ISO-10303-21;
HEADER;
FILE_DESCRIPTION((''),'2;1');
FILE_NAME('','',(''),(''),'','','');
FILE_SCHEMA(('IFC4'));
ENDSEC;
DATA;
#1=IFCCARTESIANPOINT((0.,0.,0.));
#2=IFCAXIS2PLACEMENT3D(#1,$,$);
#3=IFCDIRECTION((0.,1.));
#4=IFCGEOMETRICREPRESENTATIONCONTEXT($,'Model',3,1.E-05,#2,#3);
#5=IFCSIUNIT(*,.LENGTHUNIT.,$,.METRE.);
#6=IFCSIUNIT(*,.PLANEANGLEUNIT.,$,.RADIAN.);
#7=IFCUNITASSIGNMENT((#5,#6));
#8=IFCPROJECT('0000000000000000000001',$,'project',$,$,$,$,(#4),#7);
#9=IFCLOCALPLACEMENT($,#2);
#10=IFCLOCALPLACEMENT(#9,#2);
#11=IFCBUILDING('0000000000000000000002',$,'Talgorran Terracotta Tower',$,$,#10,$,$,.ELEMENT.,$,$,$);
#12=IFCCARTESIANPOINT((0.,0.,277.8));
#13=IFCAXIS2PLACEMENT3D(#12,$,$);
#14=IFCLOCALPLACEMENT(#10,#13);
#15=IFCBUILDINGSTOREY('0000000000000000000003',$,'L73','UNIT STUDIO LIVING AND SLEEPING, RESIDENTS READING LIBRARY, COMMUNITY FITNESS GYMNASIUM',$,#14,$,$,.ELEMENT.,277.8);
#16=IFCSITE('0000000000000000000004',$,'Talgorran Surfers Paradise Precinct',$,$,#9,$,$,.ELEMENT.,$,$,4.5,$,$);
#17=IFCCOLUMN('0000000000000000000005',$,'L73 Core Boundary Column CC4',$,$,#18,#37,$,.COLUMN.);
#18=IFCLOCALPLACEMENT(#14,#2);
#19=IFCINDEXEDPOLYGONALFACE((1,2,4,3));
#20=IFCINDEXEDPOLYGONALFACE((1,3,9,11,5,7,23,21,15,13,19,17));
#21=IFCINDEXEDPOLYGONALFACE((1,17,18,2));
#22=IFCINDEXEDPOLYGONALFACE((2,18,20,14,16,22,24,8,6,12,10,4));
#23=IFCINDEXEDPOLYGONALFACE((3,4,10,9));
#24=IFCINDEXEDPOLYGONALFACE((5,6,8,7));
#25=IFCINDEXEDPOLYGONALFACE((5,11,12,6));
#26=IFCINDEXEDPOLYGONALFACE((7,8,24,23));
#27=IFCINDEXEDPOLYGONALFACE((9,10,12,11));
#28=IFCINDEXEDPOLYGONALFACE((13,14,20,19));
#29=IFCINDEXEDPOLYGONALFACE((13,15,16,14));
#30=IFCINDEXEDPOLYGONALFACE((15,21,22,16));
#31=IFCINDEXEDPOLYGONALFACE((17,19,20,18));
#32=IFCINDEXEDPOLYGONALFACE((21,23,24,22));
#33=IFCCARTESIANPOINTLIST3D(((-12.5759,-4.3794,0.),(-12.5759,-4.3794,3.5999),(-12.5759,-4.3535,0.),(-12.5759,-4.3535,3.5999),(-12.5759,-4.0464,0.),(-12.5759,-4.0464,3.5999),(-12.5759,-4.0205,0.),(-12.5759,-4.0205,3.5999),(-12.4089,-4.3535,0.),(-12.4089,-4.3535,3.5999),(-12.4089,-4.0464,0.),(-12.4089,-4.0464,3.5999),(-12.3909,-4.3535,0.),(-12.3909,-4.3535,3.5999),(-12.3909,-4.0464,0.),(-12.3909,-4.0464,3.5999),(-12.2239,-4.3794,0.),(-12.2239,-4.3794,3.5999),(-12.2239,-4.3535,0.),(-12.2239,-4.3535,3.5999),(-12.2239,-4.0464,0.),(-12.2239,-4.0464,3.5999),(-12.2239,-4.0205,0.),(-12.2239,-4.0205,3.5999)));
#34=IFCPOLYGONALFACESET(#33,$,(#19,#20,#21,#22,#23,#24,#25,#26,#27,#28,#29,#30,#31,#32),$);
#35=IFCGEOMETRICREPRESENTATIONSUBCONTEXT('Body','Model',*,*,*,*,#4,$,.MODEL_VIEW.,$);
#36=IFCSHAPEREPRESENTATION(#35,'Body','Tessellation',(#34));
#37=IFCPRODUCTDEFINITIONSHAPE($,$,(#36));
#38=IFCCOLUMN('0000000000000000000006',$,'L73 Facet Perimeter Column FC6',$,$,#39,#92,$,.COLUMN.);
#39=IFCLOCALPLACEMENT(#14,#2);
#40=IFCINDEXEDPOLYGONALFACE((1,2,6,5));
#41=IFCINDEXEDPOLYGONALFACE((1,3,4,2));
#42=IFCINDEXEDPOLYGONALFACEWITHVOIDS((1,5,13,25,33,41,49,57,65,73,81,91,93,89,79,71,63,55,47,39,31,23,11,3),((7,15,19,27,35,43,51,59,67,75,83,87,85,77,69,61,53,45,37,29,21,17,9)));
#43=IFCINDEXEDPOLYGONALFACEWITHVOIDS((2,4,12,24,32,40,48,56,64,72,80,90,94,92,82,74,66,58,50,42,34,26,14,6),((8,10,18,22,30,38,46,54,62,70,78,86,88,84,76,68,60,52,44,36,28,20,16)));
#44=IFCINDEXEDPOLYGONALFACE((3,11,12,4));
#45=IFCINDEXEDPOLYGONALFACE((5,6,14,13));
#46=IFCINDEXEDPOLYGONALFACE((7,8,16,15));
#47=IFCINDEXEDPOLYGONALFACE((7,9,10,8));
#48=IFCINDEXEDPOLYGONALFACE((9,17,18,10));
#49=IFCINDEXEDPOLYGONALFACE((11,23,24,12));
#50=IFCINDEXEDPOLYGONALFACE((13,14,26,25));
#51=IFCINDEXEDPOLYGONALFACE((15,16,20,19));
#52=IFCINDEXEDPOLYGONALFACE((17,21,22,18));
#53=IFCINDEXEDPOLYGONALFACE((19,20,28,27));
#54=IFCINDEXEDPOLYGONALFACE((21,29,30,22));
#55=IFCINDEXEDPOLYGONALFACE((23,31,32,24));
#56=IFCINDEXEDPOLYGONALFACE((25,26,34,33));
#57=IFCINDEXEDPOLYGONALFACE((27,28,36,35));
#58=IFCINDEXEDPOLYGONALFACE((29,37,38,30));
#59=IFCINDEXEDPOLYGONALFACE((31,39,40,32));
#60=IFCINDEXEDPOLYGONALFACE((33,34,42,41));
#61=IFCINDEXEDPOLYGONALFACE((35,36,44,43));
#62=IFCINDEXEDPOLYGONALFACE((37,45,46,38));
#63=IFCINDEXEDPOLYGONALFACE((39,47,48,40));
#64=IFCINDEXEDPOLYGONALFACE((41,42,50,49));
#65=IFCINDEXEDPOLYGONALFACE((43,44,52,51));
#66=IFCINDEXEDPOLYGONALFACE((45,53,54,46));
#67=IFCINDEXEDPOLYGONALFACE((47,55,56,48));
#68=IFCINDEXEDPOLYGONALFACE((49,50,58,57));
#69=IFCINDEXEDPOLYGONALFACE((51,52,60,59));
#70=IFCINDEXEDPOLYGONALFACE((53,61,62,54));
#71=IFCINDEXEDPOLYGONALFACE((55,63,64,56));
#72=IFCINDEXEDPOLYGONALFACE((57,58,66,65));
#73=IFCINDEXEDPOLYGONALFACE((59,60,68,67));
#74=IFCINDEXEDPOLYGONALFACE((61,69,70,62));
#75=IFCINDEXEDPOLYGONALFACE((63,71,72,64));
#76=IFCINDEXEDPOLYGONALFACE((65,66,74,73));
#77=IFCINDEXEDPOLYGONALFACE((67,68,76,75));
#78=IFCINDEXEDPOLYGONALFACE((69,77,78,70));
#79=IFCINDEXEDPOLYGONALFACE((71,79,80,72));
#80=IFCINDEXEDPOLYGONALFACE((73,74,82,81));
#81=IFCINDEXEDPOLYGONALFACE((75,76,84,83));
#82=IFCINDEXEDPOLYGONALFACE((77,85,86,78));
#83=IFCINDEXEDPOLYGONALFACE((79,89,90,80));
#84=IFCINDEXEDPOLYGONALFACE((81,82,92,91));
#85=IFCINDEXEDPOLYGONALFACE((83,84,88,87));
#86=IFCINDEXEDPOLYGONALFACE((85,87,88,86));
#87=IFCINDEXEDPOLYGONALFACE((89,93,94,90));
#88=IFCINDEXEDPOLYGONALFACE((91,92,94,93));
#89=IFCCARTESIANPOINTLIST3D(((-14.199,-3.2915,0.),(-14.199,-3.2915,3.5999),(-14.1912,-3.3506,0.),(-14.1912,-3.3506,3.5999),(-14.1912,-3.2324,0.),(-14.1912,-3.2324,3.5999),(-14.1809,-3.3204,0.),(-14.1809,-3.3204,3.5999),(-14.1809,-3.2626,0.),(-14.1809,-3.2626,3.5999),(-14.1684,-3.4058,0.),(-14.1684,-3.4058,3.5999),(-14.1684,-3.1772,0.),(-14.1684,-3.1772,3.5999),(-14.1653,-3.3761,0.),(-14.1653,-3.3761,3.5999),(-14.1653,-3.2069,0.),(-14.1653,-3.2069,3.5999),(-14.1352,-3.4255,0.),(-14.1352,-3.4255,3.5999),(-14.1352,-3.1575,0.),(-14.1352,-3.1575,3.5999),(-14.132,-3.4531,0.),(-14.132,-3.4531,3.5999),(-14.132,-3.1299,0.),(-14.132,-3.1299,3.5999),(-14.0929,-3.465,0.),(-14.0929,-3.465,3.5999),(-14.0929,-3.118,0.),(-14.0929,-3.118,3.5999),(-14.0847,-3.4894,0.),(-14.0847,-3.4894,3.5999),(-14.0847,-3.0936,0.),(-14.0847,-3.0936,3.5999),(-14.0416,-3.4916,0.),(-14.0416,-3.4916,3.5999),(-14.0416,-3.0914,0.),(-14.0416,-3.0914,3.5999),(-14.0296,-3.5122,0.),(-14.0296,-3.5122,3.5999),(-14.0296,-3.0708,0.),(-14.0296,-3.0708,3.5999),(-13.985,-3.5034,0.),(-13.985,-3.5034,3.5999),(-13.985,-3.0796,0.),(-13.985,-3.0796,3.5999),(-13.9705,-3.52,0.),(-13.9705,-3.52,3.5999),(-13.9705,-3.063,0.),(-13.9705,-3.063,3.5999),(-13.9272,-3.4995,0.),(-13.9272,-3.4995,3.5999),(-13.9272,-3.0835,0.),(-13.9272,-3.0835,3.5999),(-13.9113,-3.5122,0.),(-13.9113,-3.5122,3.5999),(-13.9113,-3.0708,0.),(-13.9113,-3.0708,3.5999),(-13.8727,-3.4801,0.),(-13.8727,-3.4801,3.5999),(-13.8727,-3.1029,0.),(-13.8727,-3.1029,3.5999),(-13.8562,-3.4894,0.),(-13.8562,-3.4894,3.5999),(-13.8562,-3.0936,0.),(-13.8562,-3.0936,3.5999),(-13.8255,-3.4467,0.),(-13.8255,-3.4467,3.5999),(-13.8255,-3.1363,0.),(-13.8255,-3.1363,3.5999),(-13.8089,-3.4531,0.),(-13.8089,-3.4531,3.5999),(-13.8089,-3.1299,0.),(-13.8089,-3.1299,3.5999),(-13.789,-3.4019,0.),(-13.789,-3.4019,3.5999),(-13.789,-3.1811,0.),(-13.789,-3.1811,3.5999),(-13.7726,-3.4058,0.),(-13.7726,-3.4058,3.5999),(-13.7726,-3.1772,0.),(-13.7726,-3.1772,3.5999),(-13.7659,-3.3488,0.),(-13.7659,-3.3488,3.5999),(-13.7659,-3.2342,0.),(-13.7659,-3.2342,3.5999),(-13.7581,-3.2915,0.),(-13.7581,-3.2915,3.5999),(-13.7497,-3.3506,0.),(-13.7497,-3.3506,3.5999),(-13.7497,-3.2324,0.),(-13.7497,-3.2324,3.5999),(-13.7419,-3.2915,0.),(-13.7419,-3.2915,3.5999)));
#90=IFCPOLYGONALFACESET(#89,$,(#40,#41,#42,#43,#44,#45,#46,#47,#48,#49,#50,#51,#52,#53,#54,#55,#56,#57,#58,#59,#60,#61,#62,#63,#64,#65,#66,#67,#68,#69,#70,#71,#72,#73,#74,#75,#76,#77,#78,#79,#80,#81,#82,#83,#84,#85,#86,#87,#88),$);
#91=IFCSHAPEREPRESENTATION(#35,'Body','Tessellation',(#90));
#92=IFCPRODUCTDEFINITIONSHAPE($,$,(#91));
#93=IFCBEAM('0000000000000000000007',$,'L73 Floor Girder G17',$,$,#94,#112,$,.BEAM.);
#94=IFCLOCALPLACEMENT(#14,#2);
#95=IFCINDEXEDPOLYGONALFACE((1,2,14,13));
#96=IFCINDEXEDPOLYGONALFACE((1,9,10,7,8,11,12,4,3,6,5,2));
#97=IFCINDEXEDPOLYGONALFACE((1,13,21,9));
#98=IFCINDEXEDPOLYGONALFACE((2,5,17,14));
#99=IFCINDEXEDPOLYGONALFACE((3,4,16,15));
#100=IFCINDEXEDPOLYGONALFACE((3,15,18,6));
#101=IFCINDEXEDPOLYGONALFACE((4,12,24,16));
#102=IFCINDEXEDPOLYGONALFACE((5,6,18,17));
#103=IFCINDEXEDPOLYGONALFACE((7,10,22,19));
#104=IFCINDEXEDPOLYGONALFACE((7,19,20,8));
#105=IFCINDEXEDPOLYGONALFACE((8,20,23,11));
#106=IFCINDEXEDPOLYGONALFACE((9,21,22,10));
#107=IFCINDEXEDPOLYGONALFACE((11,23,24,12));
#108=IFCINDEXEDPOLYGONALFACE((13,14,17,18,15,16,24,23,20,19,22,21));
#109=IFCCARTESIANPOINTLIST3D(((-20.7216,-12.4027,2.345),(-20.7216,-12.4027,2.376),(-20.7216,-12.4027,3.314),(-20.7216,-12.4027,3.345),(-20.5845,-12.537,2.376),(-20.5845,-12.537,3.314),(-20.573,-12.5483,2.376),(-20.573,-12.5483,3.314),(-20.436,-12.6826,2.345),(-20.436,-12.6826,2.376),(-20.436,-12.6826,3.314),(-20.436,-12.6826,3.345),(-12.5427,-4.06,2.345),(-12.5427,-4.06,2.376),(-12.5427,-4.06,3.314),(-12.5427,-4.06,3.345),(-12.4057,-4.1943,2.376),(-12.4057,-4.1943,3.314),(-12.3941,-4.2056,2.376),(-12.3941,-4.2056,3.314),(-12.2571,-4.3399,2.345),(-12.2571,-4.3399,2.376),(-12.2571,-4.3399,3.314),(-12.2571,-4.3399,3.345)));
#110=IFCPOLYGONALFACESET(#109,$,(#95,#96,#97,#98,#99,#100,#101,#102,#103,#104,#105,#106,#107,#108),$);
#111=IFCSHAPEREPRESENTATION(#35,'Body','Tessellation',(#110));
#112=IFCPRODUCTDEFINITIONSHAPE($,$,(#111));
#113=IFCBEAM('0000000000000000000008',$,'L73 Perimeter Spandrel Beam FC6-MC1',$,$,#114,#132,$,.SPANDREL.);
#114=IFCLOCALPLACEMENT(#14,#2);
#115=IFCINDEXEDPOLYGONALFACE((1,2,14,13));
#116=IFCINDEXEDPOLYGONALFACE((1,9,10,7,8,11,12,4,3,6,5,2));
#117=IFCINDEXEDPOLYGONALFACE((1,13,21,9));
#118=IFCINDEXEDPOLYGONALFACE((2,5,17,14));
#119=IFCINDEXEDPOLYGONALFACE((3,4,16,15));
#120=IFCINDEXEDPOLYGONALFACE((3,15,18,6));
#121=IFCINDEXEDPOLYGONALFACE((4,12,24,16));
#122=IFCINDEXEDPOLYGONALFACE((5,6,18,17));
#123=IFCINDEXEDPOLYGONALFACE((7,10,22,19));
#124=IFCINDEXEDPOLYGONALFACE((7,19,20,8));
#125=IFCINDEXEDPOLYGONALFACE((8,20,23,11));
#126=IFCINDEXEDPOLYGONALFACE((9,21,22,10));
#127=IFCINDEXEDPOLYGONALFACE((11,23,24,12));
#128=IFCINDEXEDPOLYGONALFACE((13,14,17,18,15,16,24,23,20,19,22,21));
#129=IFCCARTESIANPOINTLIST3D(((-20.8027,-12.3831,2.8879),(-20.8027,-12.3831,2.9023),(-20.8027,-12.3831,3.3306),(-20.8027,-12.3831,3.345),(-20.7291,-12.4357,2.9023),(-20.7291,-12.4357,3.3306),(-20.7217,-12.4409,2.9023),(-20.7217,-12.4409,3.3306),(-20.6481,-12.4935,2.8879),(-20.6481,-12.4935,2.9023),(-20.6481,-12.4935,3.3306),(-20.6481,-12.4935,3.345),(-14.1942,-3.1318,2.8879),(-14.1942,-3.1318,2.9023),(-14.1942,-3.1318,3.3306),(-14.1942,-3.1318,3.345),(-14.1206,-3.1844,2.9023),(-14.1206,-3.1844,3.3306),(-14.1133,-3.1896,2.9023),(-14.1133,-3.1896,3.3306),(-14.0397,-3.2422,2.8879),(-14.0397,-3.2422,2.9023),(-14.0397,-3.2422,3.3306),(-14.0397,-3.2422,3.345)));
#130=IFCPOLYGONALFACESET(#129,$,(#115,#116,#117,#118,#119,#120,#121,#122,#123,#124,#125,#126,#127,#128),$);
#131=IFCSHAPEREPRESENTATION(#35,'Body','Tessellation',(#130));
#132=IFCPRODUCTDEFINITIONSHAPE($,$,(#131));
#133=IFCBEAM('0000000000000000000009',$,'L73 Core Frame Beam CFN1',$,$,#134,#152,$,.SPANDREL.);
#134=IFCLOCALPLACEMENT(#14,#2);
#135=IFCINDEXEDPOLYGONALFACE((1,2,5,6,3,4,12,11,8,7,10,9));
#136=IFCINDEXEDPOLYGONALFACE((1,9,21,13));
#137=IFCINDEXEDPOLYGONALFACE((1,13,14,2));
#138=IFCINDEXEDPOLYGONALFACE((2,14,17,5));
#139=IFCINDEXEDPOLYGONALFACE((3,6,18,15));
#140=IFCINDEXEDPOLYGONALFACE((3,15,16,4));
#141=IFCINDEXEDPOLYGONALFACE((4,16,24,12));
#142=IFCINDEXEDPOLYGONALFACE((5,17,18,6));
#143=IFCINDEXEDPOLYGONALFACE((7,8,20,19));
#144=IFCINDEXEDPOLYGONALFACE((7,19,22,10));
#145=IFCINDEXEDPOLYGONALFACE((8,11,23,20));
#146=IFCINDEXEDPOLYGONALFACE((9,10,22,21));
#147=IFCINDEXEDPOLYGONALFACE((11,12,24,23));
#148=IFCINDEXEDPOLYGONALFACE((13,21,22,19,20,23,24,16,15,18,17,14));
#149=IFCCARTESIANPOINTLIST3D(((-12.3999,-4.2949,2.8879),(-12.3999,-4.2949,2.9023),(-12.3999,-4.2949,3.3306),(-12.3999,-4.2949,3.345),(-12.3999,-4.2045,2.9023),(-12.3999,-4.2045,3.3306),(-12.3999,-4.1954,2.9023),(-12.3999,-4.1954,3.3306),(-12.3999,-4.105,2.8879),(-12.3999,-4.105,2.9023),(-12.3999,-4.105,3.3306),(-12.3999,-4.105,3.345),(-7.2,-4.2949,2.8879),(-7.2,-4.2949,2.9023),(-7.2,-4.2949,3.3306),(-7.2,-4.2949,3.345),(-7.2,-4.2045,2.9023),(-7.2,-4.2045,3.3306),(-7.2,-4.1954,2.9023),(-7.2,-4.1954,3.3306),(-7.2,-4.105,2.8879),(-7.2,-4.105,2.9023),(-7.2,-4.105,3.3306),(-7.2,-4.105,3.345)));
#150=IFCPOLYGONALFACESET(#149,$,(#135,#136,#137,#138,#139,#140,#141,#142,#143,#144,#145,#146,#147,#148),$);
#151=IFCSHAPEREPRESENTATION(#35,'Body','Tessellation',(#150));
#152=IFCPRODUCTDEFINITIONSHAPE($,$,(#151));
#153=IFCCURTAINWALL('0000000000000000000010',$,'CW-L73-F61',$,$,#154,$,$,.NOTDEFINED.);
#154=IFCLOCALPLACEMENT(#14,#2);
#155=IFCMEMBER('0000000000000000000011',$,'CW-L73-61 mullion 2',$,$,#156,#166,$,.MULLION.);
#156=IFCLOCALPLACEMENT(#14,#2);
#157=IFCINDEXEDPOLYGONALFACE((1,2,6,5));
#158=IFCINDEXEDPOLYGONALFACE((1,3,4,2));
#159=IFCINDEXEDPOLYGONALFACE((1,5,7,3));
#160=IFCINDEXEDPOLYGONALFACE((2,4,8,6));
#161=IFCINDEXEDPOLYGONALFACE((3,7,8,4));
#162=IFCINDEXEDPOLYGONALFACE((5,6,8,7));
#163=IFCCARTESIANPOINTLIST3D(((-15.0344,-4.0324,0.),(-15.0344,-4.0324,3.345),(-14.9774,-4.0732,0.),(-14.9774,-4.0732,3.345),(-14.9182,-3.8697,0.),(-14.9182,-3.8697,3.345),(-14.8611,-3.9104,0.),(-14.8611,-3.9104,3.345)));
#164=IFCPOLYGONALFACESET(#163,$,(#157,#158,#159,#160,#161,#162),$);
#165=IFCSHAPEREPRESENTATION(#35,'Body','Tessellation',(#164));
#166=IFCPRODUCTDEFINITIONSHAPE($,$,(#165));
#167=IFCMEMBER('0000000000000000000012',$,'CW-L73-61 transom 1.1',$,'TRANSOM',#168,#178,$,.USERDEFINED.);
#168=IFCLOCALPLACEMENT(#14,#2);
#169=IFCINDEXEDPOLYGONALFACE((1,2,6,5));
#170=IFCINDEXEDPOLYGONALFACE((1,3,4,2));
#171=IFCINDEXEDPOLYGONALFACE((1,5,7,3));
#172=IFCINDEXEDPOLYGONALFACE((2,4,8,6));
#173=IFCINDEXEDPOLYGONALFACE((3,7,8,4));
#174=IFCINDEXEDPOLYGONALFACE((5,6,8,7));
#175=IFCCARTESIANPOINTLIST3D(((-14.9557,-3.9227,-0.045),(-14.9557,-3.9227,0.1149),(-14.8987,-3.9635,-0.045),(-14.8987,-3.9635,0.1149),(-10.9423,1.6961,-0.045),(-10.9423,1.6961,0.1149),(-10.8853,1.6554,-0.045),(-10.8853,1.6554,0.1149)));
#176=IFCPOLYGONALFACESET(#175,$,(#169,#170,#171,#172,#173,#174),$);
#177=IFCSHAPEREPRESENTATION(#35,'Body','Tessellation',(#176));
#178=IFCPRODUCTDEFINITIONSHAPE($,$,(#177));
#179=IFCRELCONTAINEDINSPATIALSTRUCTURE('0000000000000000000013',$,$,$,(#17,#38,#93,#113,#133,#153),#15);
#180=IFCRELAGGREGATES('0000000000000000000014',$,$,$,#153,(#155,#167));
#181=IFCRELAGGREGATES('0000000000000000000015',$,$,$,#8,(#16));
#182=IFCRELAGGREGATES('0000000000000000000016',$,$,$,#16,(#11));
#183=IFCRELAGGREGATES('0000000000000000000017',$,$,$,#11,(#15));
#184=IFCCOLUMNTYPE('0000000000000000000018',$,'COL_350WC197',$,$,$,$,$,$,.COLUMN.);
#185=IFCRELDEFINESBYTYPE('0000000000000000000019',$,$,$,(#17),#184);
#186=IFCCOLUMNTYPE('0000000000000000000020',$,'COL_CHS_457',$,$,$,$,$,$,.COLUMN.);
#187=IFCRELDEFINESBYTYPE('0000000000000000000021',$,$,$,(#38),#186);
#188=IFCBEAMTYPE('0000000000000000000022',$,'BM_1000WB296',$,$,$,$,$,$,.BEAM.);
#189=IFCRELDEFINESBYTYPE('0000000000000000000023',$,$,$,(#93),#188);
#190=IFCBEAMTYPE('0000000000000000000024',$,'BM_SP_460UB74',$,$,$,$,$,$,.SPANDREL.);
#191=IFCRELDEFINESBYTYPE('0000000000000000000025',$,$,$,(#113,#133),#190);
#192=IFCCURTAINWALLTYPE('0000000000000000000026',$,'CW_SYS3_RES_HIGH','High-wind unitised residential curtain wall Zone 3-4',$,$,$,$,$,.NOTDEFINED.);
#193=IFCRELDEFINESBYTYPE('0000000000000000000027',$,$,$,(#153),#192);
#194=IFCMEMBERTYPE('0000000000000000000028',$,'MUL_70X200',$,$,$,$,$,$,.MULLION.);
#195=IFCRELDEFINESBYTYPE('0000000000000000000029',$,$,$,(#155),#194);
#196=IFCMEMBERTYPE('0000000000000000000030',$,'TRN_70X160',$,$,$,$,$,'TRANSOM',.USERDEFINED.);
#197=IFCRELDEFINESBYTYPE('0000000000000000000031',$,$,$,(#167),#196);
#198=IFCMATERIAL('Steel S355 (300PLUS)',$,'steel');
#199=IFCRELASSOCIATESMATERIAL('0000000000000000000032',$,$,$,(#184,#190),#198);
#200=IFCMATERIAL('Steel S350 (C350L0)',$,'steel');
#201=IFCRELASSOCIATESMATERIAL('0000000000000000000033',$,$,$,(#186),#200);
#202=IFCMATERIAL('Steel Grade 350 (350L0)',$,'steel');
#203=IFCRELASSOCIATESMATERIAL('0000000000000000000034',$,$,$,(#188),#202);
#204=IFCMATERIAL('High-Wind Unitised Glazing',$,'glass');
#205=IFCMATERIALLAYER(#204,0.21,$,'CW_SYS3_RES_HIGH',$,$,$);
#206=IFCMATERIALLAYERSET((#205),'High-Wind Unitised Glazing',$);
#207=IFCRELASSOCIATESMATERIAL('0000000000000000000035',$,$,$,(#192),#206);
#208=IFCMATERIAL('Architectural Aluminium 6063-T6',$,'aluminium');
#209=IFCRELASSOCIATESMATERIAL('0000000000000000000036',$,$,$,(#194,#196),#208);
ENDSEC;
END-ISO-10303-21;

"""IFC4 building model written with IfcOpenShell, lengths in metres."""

from ifc_helpers import new_model, si_unit, direction, frame, origin, origin_2d, place, context, subcontext, project, spatial, rectangle, hollow_circle, i_section, extrude, material, layer, layer_set, material_profile, profile_set, type_object, element, aggregate, save


model = new_model("IFC4")

# Units and contexts
model_context = context("Model", 3, precision=1e-05, world=origin(), true_north=direction((0.0, 1.0)))
body_context = subcontext(model_context, "Body", "Model", "MODEL_VIEW")
ifc_project = project(units=[si_unit("LENGTHUNIT", "METRE"), si_unit("PLANEANGLEUNIT", "RADIAN")], contexts=[model_context])

# Site, building, storey
site_placement = place(None, origin())
site = spatial("IfcSite", under=ifc_project, at=site_placement, Name="Talgorran Surfers Paradise Precinct", CompositionType="ELEMENT", RefElevation=4.5)
building_placement = place(site_placement, origin())
building = spatial("IfcBuilding", under=site, at=building_placement, Name="Talgorran Terracotta Tower", CompositionType="ELEMENT")
storey_placement = place(building_placement, frame((0.0, 0.0, 277.8)))
storey = spatial("IfcBuildingStorey", under=building, at=storey_placement, Name="L73", Description="UNIT STUDIO LIVING AND SLEEPING, RESIDENTS READING LIBRARY, COMMUNITY FITNESS GYMNASIUM", CompositionType="ELEMENT", Elevation=277.8)

# Columns
ifc_material_1 = material(Name="Steel S355 (300PLUS)", Category="steel")
ifc_material_profile_1 = material_profile(ifc_material_1, i_section(OverallWidth=0.3521, OverallDepth=0.3589, WebThickness=0.0181, FlangeThickness=0.0259, at=origin_2d()), Name="350WC197")
ifc_profile_set_1 = profile_set([ifc_material_profile_1], Name="Steel S355 (300PLUS)")
column_type_1 = type_object("IfcColumnType", Name="COL_350WC197", PredefinedType="COLUMN", material=ifc_profile_set_1)
column_1_placement = place(storey_placement, frame((-12.3999, -4.2, 0.0), z_axis=(0.0, 0.0, 1.0), x_axis=(1.0, 0.0, 0.0)))
element("IfcColumn", 1, at=column_1_placement, inside=storey, type_object=column_type_1, Name="L73 Core Boundary Column CC4", PredefinedType="COLUMN", context=body_context, shape_type="SweptSolid", body=[
    extrude(i_section(OverallWidth=0.3521, OverallDepth=0.3589, WebThickness=0.0181, FlangeThickness=0.0259, at=origin_2d()), origin(), (0.0, 0.0, 1.0), 3.5999),
])
ifc_material_2 = material(Name="Steel S350 (C350L0)", Category="steel")
ifc_material_profile_2 = material_profile(ifc_material_2, hollow_circle(Radius=0.2285, WallThickness=0.0161, at=origin_2d()), Name="CHS457X16")
ifc_profile_set_2 = profile_set([ifc_material_profile_2], Name="Steel S350 (C350L0)")
column_type_2 = type_object("IfcColumnType", Name="COL_CHS_457", PredefinedType="COLUMN", material=ifc_profile_set_2)
column_2_placement = place(storey_placement, frame((-13.9705, -3.2915, 0.0), z_axis=(0.0, 0.0, 1.0), x_axis=(1.0, 0.0, 0.0)))
element("IfcColumn", 2, at=column_2_placement, inside=storey, type_object=column_type_2, Name="L73 Facet Perimeter Column FC6", PredefinedType="COLUMN", context=body_context, shape_type="SweptSolid", body=[
    extrude(hollow_circle(Radius=0.2285, WallThickness=0.0161, at=origin_2d()), origin(), (0.0, 0.0, 1.0), 3.5999),
])

# Beams
ifc_material_3 = material(Name="Steel Grade 350 (350L0)", Category="steel")
ifc_material_profile_3 = material_profile(ifc_material_3, i_section(OverallWidth=0.3999, OverallDepth=1.0, WebThickness=0.0161, FlangeThickness=0.031, at=origin_2d()), Name="1000WB296")
ifc_profile_set_3 = profile_set([ifc_material_profile_3], Name="Steel Grade 350 (350L0)")
beam_type_1 = type_object("IfcBeamType", Name="BM_1000WB296", PredefinedType="BEAM", material=ifc_profile_set_3)
beam_1_placement = place(storey_placement, frame((-12.3999, -4.2, 2.845), z_axis=(-0.700061, -0.714083, 0.0), x_axis=(0.714083, -0.700061, 0.0)))
element("IfcBeam", 3, at=beam_1_placement, inside=storey, type_object=beam_type_1, Name="L73 Floor Girder G17", PredefinedType="BEAM", context=body_context, shape_type="SweptSolid", body=[
    extrude(i_section(OverallWidth=0.3999, OverallDepth=1.0, WebThickness=0.0161, FlangeThickness=0.031, at=origin_2d()), origin(), (0.0, 0.0, 1.0), 11.6831),
])
ifc_material_profile_4 = material_profile(ifc_material_1, i_section(OverallWidth=0.1899, OverallDepth=0.457, WebThickness=0.009, FlangeThickness=0.0144, at=origin_2d()), Name="460UB74.6")
ifc_profile_set_4 = profile_set([ifc_material_profile_4], Name="Steel S355 (300PLUS)")
beam_type_2 = type_object("IfcBeamType", Name="BM_SP_460UB74", PredefinedType="SPANDREL", material=ifc_profile_set_4)
beam_2_placement = place(storey_placement, frame((-14.1169, -3.187, 3.1165), z_axis=(-0.581261, -0.813718, 0.0), x_axis=(0.813718, -0.581261, 0.0)))
element("IfcBeam", 4, at=beam_2_placement, inside=storey, type_object=beam_type_2, Name="L73 Perimeter Spandrel Beam FC6-MC1", PredefinedType="SPANDREL", context=body_context, shape_type="SweptSolid", body=[
    extrude(i_section(OverallWidth=0.1899, OverallDepth=0.457, WebThickness=0.009, FlangeThickness=0.0144, at=origin_2d()), origin(), (0.0, 0.0, 1.0), 11.3691),
])
beam_3_placement = place(storey_placement, frame((-12.3999, -4.2, 3.1165), z_axis=(1.0, 0.0, 0.0), x_axis=(0.0, 1.0, 0.0)))
element("IfcBeam", 5, at=beam_3_placement, inside=storey, type_object=beam_type_2, Name="L73 Core Frame Beam CFN1", PredefinedType="SPANDREL", context=body_context, shape_type="SweptSolid", body=[
    extrude(i_section(OverallWidth=0.1899, OverallDepth=0.457, WebThickness=0.009, FlangeThickness=0.0144, at=origin_2d()), origin(), (0.0, 0.0, 1.0), 5.2),
])

# Curtain wall, members
ifc_material_4 = material(Name="High-Wind Unitised Glazing", Category="glass")
ifc_layer_1 = layer(ifc_material_4, 0.21, Name="CW_SYS3_RES_HIGH")
ifc_layer_set_1 = layer_set([ifc_layer_1], Name="High-Wind Unitised Glazing")
curtain_wall_type = type_object("IfcCurtainWallType", Name="CW_SYS3_RES_HIGH", Description="High-wind unitised residential curtain wall Zone 3-4", PredefinedType="NOTDEFINED", material=ifc_layer_set_1)
curtain_wall_placement = place(storey_placement, origin())
curtain_wall = element("IfcCurtainWall", 6, at=curtain_wall_placement, inside=storey, type_object=curtain_wall_type, Name="CW-L73-F61", PredefinedType="NOTDEFINED")
ifc_material_5 = material(Name="Architectural Aluminium 6063-T6", Category="aluminium")
ifc_material_profile_5 = material_profile(ifc_material_5, rectangle(XDim=0.0701, YDim=0.2, at=origin_2d()), Name="CWM70X200")
ifc_profile_set_5 = profile_set([ifc_material_profile_5], Name="Architectural Aluminium 6063-T6")
member_type_1 = type_object("IfcMemberType", Name="MUL_70X200", PredefinedType="MULLION", material=ifc_profile_set_5)
member_1_placement = place(storey_placement, frame((-14.9478, -3.9714, 0.0), z_axis=(0.0, 0.0, 1.0), x_axis=(0.813727, -0.581248, 0.0)))
member_1 = element("IfcMember", 7, at=member_1_placement, type_object=member_type_1, Name="CW-L73-61 mullion 2", PredefinedType="MULLION", context=body_context, shape_type="SweptSolid", body=[
    extrude(rectangle(XDim=0.0701, YDim=0.2, at=origin_2d()), origin(), (0.0, 0.0, 1.0), 3.345),
])
ifc_material_profile_6 = material_profile(ifc_material_5, rectangle(XDim=0.0701, YDim=0.1599, at=origin_2d()), Name="CWT70X160")
ifc_profile_set_6 = profile_set([ifc_material_profile_6], Name="Architectural Aluminium 6063-T6")
member_type_2 = type_object("IfcMemberType", Name="TRN_70X160", ElementType="TRANSOM", PredefinedType="USERDEFINED", material=ifc_profile_set_6)
member_2_placement = place(storey_placement, frame((-10.9138, 1.6758, 0.0349), z_axis=(-0.581232, -0.813738, 0.0), x_axis=(0.813738, -0.581232, 0.0)))
member_2 = element("IfcMember", 8, at=member_2_placement, type_object=member_type_2, Name="CW-L73-61 transom 1.1", ObjectType="TRANSOM", PredefinedType="USERDEFINED", context=body_context, shape_type="SweptSolid", body=[
    extrude(rectangle(XDim=0.0701, YDim=0.1599, at=origin_2d()), origin(), (0.0, 0.0, 1.0), 6.905),
])
aggregate(curtain_wall, [member_1, member_2])

save(model, "model.ifc")
